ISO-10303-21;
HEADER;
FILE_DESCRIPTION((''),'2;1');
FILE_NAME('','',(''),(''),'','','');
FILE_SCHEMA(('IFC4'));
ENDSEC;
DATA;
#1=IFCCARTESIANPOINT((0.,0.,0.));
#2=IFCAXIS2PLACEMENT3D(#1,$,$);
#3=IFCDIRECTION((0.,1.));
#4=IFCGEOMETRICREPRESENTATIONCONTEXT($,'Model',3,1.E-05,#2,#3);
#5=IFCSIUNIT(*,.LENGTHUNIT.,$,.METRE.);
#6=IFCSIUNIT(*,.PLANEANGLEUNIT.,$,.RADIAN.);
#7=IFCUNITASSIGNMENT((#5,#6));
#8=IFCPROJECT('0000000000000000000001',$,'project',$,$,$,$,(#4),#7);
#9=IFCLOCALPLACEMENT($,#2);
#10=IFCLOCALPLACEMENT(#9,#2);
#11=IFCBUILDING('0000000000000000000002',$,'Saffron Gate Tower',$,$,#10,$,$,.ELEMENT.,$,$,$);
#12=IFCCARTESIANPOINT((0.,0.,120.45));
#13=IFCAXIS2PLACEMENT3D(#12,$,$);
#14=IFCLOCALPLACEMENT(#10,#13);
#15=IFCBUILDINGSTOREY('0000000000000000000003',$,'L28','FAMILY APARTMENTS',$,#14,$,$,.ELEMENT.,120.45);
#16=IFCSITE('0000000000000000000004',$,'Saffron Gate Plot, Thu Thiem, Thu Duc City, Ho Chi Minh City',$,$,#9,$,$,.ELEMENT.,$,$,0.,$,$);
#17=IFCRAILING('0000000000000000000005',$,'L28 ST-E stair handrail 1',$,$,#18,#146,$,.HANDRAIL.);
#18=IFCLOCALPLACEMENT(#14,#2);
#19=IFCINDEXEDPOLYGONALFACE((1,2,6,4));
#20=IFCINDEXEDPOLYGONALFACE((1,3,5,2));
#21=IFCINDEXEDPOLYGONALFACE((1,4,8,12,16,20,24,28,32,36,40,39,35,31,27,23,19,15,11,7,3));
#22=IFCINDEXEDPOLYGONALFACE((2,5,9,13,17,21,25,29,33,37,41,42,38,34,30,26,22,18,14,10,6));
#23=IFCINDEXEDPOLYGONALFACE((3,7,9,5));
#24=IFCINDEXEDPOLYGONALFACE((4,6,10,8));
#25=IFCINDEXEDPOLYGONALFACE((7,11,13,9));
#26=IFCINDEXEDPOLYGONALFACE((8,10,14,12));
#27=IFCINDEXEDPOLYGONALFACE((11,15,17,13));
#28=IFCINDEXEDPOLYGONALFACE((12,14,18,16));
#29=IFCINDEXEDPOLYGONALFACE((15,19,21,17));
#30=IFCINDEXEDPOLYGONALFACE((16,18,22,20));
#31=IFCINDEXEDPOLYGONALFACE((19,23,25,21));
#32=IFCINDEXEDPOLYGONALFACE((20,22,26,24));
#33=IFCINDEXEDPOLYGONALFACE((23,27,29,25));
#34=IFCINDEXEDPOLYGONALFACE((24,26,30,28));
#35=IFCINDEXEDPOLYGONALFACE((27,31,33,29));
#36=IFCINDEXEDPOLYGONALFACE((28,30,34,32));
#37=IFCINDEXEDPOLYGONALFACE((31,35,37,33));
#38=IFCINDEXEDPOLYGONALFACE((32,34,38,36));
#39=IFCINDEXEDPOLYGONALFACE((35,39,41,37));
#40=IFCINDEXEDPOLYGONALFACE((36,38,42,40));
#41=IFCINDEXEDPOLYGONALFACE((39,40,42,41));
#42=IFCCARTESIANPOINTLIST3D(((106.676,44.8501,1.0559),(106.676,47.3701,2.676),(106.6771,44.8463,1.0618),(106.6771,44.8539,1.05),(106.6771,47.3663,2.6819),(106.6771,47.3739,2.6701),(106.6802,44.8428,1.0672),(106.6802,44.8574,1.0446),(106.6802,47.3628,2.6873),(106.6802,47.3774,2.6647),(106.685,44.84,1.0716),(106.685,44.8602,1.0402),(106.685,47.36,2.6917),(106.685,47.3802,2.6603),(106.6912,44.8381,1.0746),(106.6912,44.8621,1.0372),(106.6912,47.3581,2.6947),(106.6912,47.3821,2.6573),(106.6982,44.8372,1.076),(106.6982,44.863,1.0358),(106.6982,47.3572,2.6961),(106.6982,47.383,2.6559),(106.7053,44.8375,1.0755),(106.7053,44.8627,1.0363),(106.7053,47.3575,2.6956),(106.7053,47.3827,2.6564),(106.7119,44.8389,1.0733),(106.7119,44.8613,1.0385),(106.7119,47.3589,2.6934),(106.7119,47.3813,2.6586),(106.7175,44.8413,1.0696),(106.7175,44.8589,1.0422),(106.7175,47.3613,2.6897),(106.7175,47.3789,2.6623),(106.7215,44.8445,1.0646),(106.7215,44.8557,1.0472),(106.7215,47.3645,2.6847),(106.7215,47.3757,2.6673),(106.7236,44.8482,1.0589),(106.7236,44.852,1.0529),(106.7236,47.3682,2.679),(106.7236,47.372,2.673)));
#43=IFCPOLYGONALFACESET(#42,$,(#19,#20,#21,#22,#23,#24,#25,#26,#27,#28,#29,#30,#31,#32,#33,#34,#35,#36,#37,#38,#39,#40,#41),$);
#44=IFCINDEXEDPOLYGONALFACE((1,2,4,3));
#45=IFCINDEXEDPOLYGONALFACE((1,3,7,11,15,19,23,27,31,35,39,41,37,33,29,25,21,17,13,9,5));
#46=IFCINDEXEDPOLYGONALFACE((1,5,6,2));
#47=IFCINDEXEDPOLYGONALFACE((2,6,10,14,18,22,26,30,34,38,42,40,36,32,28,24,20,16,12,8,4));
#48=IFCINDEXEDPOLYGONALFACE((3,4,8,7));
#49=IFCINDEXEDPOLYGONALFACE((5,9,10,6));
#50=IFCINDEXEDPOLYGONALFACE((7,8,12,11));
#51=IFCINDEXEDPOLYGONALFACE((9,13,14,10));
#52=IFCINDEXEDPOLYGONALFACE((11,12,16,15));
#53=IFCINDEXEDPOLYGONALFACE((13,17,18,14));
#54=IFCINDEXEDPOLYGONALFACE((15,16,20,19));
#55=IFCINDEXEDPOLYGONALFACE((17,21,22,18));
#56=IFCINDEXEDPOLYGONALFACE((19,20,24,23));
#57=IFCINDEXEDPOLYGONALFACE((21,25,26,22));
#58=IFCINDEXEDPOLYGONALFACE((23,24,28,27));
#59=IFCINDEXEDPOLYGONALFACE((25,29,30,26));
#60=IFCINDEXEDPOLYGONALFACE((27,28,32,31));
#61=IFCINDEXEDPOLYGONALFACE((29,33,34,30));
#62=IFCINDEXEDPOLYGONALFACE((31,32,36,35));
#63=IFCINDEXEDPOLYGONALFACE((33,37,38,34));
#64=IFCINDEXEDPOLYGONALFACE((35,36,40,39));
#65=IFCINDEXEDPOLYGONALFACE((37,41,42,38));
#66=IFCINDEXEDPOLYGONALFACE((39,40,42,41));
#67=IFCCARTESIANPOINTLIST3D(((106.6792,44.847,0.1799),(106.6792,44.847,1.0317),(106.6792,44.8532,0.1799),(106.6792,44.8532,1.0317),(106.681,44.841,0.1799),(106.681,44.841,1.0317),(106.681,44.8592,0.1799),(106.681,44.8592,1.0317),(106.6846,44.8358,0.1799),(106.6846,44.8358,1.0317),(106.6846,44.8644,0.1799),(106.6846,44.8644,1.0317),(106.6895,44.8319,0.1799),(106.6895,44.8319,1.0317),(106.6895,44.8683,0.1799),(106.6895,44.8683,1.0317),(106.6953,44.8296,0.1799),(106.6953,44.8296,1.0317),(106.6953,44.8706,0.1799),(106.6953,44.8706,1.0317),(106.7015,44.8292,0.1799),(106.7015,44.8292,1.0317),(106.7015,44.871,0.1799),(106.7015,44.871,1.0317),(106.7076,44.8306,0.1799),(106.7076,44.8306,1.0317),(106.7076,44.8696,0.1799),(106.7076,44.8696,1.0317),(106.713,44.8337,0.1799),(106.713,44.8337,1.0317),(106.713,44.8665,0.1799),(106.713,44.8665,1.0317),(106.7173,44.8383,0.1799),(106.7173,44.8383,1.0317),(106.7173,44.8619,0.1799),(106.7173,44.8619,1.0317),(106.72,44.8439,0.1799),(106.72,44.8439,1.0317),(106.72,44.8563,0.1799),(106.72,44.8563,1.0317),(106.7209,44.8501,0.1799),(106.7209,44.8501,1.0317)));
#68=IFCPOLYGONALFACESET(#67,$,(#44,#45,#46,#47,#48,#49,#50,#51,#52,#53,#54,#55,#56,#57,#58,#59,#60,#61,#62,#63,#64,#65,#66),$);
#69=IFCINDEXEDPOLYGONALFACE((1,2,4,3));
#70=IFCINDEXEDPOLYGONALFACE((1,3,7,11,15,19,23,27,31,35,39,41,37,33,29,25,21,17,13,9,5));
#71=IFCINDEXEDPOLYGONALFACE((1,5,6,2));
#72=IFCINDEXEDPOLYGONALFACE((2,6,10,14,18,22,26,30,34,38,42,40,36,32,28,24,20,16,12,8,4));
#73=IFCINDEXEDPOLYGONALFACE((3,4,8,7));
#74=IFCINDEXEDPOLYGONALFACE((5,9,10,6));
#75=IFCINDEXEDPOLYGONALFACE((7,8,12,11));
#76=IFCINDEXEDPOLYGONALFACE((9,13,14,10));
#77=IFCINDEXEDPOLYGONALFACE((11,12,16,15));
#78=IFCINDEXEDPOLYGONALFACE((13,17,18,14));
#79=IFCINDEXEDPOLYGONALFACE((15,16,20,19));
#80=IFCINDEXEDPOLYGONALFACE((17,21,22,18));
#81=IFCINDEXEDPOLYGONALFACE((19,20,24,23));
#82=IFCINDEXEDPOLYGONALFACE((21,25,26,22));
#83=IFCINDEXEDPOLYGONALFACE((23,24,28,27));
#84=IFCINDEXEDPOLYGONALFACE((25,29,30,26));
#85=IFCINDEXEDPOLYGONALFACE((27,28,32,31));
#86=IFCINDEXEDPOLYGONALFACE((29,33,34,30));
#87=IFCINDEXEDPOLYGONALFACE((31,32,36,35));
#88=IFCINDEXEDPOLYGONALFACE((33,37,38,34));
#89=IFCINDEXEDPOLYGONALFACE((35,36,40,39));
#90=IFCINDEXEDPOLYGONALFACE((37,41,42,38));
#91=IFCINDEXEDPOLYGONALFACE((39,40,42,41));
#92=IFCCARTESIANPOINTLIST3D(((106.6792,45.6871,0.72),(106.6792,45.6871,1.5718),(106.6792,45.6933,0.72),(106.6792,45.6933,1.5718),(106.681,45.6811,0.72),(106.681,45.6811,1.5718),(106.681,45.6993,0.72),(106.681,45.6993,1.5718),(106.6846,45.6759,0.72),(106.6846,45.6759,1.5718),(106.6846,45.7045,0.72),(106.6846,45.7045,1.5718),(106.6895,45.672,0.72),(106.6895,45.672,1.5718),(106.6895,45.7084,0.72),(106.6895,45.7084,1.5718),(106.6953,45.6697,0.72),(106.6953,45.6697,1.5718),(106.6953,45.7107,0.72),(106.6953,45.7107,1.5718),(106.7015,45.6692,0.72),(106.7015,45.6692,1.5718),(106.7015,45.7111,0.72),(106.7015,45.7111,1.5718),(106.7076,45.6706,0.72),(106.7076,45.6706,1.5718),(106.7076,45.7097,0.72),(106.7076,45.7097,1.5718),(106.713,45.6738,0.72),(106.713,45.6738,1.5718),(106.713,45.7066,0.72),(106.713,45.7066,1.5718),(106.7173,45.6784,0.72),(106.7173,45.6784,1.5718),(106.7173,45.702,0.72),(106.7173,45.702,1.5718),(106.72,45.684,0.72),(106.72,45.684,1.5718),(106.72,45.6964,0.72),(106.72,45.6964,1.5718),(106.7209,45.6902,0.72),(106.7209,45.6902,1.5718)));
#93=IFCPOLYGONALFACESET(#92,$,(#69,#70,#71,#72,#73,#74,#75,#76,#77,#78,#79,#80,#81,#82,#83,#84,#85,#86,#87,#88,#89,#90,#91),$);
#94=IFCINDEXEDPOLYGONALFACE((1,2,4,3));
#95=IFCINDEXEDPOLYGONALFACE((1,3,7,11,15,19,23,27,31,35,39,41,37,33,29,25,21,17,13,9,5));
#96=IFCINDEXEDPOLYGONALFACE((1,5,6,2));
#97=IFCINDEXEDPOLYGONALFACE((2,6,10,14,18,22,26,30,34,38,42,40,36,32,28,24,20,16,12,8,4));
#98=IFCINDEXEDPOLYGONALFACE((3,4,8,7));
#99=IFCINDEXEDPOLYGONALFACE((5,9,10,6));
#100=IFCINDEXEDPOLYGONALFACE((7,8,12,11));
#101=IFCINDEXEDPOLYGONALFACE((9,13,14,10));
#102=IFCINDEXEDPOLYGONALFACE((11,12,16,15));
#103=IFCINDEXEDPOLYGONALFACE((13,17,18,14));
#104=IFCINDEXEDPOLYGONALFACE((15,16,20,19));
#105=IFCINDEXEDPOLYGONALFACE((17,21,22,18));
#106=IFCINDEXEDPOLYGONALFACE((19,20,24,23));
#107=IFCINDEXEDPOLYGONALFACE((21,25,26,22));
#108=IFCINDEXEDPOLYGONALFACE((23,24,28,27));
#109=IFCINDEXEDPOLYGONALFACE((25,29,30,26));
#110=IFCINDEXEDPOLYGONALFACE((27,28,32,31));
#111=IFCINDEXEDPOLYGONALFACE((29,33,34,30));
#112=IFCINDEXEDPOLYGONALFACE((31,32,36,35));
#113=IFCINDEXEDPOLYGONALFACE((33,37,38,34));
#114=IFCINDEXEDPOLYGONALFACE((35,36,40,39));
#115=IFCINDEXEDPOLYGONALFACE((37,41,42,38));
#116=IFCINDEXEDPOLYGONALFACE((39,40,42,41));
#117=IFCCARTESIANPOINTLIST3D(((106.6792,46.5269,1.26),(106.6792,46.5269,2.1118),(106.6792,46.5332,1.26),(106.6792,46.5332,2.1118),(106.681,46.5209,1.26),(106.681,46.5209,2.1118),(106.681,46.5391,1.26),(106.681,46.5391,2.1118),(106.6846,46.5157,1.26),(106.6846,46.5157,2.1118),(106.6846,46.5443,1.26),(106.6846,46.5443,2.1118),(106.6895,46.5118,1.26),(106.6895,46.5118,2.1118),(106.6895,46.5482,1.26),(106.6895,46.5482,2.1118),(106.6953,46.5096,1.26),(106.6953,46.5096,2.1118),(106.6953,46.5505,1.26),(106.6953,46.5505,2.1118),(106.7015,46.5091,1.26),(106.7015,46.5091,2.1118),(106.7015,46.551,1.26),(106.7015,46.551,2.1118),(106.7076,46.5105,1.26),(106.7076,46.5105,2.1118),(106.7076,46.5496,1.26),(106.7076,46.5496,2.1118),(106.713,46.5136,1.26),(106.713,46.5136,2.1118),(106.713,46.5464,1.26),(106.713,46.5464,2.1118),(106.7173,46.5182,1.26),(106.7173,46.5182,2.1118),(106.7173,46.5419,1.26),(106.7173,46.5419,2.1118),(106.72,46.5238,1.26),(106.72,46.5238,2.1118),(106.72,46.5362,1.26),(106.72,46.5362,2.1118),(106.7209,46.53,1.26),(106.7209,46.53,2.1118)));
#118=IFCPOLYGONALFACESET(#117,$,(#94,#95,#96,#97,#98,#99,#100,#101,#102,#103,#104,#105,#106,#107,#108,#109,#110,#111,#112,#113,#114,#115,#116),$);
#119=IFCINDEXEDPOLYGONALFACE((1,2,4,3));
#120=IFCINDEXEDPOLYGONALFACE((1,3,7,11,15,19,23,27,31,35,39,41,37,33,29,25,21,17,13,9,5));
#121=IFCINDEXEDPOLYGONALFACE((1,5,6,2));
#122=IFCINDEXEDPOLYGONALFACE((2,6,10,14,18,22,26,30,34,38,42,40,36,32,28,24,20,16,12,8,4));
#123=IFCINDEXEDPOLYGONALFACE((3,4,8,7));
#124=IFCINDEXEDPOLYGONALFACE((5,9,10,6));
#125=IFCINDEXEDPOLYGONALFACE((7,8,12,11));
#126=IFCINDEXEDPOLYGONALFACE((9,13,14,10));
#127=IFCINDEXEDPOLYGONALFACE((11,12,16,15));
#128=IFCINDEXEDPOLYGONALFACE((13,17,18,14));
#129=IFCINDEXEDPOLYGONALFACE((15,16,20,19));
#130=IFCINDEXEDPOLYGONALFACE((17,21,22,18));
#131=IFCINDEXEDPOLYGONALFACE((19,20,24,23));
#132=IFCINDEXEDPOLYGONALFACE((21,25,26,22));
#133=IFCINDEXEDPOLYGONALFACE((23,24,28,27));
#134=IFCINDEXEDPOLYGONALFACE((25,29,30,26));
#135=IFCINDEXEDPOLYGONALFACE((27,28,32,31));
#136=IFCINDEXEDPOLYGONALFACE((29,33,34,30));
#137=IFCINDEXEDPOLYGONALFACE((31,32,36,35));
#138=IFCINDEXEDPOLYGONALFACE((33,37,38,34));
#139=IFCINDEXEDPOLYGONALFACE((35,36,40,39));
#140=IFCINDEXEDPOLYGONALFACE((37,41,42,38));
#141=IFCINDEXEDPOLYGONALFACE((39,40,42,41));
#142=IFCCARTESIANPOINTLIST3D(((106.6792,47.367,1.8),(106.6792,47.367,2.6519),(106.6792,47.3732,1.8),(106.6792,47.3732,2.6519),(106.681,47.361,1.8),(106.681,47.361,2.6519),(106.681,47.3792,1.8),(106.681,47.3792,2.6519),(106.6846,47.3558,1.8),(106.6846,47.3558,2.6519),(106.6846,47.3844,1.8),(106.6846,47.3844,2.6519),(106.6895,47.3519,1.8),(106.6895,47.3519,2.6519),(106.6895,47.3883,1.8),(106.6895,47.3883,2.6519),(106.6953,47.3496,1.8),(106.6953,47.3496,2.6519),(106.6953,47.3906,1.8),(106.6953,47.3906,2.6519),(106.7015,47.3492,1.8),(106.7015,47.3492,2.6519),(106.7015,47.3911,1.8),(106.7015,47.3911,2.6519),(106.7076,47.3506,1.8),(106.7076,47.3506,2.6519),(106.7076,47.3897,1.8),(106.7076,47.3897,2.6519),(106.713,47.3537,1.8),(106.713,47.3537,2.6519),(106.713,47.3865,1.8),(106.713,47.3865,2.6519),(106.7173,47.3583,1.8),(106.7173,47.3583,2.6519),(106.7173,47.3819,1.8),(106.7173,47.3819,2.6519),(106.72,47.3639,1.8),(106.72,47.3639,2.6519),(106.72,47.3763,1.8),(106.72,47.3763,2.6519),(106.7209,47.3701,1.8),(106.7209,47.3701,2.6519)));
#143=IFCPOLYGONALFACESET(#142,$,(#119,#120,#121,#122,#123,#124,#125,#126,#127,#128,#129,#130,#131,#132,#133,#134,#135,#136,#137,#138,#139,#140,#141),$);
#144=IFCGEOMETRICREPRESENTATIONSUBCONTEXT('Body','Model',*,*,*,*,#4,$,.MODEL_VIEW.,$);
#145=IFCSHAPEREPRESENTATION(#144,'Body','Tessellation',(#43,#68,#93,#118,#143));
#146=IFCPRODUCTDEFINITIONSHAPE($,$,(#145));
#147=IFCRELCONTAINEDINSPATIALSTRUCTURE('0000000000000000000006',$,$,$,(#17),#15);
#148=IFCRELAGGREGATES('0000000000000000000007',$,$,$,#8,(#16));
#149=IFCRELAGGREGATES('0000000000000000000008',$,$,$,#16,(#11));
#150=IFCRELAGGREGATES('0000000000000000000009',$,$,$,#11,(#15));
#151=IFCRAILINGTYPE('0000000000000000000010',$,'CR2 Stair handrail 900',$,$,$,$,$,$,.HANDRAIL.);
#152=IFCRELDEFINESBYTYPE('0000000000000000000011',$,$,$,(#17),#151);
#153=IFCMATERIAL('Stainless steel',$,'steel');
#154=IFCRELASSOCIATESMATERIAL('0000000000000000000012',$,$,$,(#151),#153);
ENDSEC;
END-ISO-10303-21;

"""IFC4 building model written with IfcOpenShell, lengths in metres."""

from ifc_helpers import new_model, si_unit, direction, frame, origin, origin_2d, place, context, subcontext, project, spatial, circle, extrude, material, type_object, element, save


model = new_model("IFC4")

# Units and contexts
model_context = context("Model", 3, precision=1e-05, world=origin(), true_north=direction((0.0, 1.0)))
body_context = subcontext(model_context, "Body", "Model", "MODEL_VIEW")
ifc_project = project(units=[si_unit("LENGTHUNIT", "METRE"), si_unit("PLANEANGLEUNIT", "RADIAN")], contexts=[model_context])

# Site, building, storey
site_placement = place(None, origin())
site = spatial("IfcSite", under=ifc_project, at=site_placement, Name="Saffron Gate Plot, Thu Thiem, Thu Duc City, Ho Chi Minh City", CompositionType="ELEMENT", RefElevation=0.0)
building_placement = place(site_placement, origin())
building = spatial("IfcBuilding", under=site, at=building_placement, Name="Saffron Gate Tower", CompositionType="ELEMENT")
storey_placement = place(building_placement, frame((0.0, 0.0, 120.45)))
storey = spatial("IfcBuildingStorey", under=building, at=storey_placement, Name="L28", Description="FAMILY APARTMENTS", CompositionType="ELEMENT", Elevation=120.45)

# Railing
ifc_material_1 = material(Name="Stainless steel", Category="steel")
railing_type_1 = type_object("IfcRailingType", Name="CR2 Stair handrail 900", PredefinedType="HANDRAIL", material=ifc_material_1)
railing_1_placement = place(storey_placement, frame((106.7, 44.8501, 0.1799)))
element("IfcRailing", 1, at=railing_1_placement, inside=storey, type_object=railing_type_1, Name="L28 ST-E stair handrail 1", PredefinedType="HANDRAIL", context=body_context, shape_type="SweptSolid", body=[
    extrude(circle(Radius=0.0239, at=origin_2d()), frame((0.0, 0.0, 0.876), z_axis=(0.0, 0.841163, 0.540782), x_axis=(-1.0, 0.0, 0.0)), (0.0, 0.0, 1.0), 2.9958),
    extrude(circle(Radius=0.021, at=origin_2d()), origin(), (0.0, 0.0, 1.0), 0.8518),
    extrude(circle(Radius=0.021, at=origin_2d()), frame((0.0, 0.8401, 0.54)), (0.0, 0.0, 1.0), 0.8518),
    extrude(circle(Radius=0.021, at=origin_2d()), frame((0.0, 1.6799, 1.0801)), (0.0, 0.0, 1.0), 0.8518),
    extrude(circle(Radius=0.021, at=origin_2d()), frame((0.0, 2.52, 1.6201)), (0.0, 0.0, 1.0), 0.8518),
])

save(model, "model.ifc")
